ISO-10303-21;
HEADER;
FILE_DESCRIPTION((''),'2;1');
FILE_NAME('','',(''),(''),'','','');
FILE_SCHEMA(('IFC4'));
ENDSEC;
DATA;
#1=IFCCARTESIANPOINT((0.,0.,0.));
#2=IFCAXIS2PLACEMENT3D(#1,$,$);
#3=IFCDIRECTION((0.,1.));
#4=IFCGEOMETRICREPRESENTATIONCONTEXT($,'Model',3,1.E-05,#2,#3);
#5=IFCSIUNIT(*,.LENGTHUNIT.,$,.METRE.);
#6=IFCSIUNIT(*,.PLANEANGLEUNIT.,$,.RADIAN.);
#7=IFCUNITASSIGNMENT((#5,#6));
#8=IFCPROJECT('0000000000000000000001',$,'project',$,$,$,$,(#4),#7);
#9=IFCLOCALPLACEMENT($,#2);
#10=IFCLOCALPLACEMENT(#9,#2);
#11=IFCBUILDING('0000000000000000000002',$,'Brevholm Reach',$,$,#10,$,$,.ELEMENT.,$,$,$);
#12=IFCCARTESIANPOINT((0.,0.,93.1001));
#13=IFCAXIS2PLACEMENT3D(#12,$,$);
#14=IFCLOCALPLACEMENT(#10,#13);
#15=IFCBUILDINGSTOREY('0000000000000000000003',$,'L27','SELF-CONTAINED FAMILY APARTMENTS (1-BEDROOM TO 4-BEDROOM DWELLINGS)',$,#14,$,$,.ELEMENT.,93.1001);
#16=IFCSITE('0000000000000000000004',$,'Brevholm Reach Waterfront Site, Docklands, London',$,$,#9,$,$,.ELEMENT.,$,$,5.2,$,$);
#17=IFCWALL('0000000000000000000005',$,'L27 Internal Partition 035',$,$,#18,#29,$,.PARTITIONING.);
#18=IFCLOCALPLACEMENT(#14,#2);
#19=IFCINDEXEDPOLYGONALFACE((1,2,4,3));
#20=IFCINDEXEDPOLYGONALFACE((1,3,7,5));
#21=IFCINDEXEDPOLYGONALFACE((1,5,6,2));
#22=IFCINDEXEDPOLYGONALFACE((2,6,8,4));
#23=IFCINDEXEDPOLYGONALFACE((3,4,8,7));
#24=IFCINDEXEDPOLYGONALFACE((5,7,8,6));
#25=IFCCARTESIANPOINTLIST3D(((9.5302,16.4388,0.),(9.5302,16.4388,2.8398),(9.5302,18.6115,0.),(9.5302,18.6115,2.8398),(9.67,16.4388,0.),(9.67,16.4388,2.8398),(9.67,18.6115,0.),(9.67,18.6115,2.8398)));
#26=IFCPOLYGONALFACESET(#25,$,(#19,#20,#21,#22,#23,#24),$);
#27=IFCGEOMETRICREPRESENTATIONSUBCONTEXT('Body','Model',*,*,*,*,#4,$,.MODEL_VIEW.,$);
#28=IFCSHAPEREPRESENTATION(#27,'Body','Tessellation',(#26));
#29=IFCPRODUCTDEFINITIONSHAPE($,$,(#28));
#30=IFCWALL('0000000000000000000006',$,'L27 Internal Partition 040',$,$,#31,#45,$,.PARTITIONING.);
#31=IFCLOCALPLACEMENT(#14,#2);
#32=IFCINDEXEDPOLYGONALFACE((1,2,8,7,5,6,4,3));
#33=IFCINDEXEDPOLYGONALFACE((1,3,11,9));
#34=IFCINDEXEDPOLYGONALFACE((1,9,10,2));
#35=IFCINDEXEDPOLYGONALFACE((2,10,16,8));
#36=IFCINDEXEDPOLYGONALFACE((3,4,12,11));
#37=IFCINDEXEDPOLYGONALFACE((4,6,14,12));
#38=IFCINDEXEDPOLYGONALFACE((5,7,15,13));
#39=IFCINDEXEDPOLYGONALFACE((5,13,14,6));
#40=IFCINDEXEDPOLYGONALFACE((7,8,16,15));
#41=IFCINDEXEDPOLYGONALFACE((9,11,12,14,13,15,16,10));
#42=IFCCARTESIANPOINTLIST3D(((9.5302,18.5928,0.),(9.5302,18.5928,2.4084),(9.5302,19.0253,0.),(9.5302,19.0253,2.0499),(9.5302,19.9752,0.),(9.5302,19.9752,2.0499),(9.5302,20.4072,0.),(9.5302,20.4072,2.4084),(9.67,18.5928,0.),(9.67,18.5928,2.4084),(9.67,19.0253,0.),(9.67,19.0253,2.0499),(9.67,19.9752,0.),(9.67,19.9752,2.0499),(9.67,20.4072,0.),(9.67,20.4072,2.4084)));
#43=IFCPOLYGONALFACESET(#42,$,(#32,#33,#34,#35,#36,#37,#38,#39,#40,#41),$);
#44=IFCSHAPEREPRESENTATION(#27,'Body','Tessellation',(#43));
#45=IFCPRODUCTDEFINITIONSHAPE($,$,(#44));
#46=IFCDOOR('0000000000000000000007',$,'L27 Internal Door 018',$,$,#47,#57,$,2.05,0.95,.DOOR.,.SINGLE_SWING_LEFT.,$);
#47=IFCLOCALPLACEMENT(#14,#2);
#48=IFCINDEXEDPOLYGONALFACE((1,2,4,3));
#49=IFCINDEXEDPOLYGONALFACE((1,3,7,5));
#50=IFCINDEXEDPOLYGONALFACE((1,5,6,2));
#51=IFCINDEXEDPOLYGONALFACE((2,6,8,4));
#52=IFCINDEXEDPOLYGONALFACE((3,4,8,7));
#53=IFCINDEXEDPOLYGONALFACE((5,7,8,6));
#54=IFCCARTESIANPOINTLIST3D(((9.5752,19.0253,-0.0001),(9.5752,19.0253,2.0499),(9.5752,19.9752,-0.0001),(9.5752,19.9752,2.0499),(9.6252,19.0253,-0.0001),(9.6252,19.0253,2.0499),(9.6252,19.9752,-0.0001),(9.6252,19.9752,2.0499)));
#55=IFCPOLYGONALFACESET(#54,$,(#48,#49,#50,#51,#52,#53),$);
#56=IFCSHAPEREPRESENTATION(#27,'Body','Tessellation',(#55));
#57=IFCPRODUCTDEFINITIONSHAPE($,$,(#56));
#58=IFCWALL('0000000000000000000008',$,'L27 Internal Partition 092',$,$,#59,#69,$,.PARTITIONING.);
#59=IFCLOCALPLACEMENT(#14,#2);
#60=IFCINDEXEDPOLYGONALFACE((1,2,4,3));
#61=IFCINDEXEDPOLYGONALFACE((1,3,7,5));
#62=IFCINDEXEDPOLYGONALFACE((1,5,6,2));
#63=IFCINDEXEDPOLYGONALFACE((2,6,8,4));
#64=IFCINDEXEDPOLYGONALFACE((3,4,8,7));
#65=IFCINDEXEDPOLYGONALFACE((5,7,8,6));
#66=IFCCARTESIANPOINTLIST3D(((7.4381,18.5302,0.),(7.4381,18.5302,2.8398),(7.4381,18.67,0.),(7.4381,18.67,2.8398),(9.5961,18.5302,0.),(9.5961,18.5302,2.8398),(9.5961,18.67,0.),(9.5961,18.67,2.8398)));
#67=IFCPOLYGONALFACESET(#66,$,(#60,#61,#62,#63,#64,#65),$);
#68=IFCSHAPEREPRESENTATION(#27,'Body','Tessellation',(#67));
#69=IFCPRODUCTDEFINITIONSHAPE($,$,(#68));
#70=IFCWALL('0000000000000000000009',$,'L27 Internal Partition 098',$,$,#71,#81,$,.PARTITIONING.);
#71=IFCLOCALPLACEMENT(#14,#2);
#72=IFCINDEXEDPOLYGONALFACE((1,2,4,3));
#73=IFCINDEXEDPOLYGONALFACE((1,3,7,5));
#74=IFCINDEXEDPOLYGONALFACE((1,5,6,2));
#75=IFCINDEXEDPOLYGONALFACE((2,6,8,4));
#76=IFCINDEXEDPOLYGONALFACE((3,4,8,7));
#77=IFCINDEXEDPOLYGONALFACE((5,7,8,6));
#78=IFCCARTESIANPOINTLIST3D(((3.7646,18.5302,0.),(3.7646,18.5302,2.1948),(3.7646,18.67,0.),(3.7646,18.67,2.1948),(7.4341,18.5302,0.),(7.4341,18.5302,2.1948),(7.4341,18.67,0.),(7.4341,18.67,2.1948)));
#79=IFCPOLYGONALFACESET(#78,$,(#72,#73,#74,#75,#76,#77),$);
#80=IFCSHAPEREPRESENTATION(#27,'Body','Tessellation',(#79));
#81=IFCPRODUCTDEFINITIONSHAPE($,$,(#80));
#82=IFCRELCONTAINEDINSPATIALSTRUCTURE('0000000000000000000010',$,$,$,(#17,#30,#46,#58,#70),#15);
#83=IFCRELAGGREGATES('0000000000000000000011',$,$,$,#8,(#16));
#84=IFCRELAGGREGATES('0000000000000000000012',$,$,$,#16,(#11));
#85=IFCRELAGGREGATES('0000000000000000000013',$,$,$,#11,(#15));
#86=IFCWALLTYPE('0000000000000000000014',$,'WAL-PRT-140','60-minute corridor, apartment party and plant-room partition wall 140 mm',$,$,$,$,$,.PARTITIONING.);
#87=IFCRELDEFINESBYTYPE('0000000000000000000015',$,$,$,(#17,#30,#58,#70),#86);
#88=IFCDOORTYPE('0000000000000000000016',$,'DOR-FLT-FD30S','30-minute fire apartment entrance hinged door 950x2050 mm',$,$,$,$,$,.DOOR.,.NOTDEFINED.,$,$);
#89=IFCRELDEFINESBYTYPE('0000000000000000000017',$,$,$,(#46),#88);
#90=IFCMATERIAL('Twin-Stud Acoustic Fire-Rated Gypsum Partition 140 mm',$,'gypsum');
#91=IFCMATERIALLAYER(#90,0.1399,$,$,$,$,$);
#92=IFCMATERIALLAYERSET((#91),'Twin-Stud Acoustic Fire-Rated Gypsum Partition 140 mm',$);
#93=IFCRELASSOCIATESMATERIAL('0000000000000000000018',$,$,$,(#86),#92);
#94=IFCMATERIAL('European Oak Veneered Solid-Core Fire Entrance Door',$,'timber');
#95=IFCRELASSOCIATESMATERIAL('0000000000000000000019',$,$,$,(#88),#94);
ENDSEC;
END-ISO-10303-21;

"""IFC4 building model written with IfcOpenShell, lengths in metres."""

from ifc_helpers import new_model, si_unit, direction, frame, frame_2d, origin, place, context, subcontext, project, spatial, rectangle, extrude, material, layer, layer_set, type_object, element, fill, save


model = new_model("IFC4")

# Units and contexts
model_context = context("Model", 3, precision=1e-05, world=origin(), true_north=direction((0.0, 1.0)))
body_context = subcontext(model_context, "Body", "Model", "MODEL_VIEW")
ifc_project = project(units=[si_unit("LENGTHUNIT", "METRE"), si_unit("PLANEANGLEUNIT", "RADIAN")], contexts=[model_context])

# Site, building, storey
site_placement = place(None, origin())
site = spatial("IfcSite", under=ifc_project, at=site_placement, Name="Brevholm Reach Waterfront Site, Docklands, London", CompositionType="ELEMENT", RefElevation=5.2)
building_placement = place(site_placement, origin())
building = spatial("IfcBuilding", under=site, at=building_placement, Name="Brevholm Reach", CompositionType="ELEMENT")
storey_placement = place(building_placement, frame((0.0, 0.0, 93.1001)))
storey = spatial("IfcBuildingStorey", under=building, at=storey_placement, Name="L27", Description="SELF-CONTAINED FAMILY APARTMENTS (1-BEDROOM TO 4-BEDROOM DWELLINGS)", CompositionType="ELEMENT", Elevation=93.1001)

# Wall
ifc_material_1 = material(Name="Twin-Stud Acoustic Fire-Rated Gypsum Partition 140 mm", Category="gypsum")
ifc_layer_1 = layer(ifc_material_1, 0.1399)
ifc_layer_set_1 = layer_set([ifc_layer_1], Name="Twin-Stud Acoustic Fire-Rated Gypsum Partition 140 mm")
wall_type_1 = type_object("IfcWallType", Name="WAL-PRT-140", Description="60-minute corridor, apartment party and plant-room partition wall 140 mm", PredefinedType="PARTITIONING", material=ifc_layer_set_1)
wall_1_placement = place(storey_placement, frame((9.6001, 16.4387, 0.0), z_axis=(0.0, 0.0, 1.0), x_axis=(0.0, 1.0, 0.0)))
element("IfcWall", 1, at=wall_1_placement, inside=storey, type_object=wall_type_1, Name="L27 Internal Partition 035", PredefinedType="PARTITIONING", context=body_context, shape_type="SweptSolid", body=[
    extrude(rectangle(XDim=2.1726, YDim=0.1399, at=frame_2d((1.0864, 0.0))), origin(), (0.0, 0.0, 1.0), 2.8398),
])

# Wall, opening, door
wall_2_placement = place(storey_placement, frame((9.6001, 18.5928, 0.0), z_axis=(0.0, 0.0, 1.0), x_axis=(0.0, 1.0, 0.0)))
wall_2 = element("IfcWall", 2, at=wall_2_placement, inside=storey, type_object=wall_type_1, Name="L27 Internal Partition 040", PredefinedType="PARTITIONING", context=body_context, shape_type="SweptSolid", body=[
    extrude(rectangle(XDim=1.8145, YDim=0.1399, at=frame_2d((0.9072, 0.0))), origin(), (0.0, 0.0, 1.0), 2.4084),
])
opening_1_placement = place(wall_2_placement, frame((0.4324, 0.0, 0.0)))
opening_1 = element("IfcOpeningElement", 3, at=opening_1_placement, cuts=wall_2, PredefinedType="OPENING", context=body_context, shape_type="SweptSolid", body=[
    extrude(rectangle(XDim=0.95, YDim=2.05, at=frame_2d((0.4751, 1.0249))), frame((0.0, 0.0798, 0.0), z_axis=(0.0, -1.0, 0.0), x_axis=(1.0, 0.0, 0.0)), (0.0, 0.0, 1.0), 0.1599),
])
ifc_material_2 = material(Name="European Oak Veneered Solid-Core Fire Entrance Door", Category="timber")
door_type_1 = type_object("IfcDoorType", Name="DOR-FLT-FD30S", Description="30-minute fire apartment entrance hinged door 950x2050 mm", OperationType="NOTDEFINED", PredefinedType="DOOR", material=ifc_material_2)
door_1_placement = place(opening_1_placement, origin())
door_1 = element("IfcDoor", 4, at=door_1_placement, inside=storey, type_object=door_type_1, Name="L27 Internal Door 018", OperationType="SINGLE_SWING_LEFT", OverallHeight=2.05, OverallWidth=0.95, PredefinedType="DOOR", context=body_context, shape_type="SweptSolid", body=[
    extrude(rectangle(XDim=0.95, YDim=2.05, at=frame_2d((0.4751, 1.0249))), frame((0.0, 0.0249, 0.0), z_axis=(0.0, -1.0, 0.0), x_axis=(1.0, 0.0, 0.0)), (0.0, 0.0, 1.0), 0.05),
])
fill(opening_1, door_1)

# Walls
wall_3_placement = place(storey_placement, frame((7.438, 18.6001, 0.0), z_axis=(0.0, 0.0, 1.0), x_axis=(1.0, 0.0, 0.0)))
element("IfcWall", 5, at=wall_3_placement, inside=storey, type_object=wall_type_1, Name="L27 Internal Partition 092", PredefinedType="PARTITIONING", context=body_context, shape_type="SweptSolid", body=[
    extrude(rectangle(XDim=2.158, YDim=0.1399, at=frame_2d((1.0791, 0.0))), origin(), (0.0, 0.0, 1.0), 2.8398),
])
wall_4_placement = place(storey_placement, frame((3.7646, 18.6001, 0.0), z_axis=(0.0, 0.0, 1.0), x_axis=(1.0, 0.0, 0.0)))
element("IfcWall", 6, at=wall_4_placement, inside=storey, type_object=wall_type_1, Name="L27 Internal Partition 098", PredefinedType="PARTITIONING", context=body_context, shape_type="SweptSolid", body=[
    extrude(rectangle(XDim=3.6694, YDim=0.1399, at=frame_2d((1.8347, 0.0))), origin(), (0.0, 0.0, 1.0), 2.1948),
])

save(model, "model.ifc")
